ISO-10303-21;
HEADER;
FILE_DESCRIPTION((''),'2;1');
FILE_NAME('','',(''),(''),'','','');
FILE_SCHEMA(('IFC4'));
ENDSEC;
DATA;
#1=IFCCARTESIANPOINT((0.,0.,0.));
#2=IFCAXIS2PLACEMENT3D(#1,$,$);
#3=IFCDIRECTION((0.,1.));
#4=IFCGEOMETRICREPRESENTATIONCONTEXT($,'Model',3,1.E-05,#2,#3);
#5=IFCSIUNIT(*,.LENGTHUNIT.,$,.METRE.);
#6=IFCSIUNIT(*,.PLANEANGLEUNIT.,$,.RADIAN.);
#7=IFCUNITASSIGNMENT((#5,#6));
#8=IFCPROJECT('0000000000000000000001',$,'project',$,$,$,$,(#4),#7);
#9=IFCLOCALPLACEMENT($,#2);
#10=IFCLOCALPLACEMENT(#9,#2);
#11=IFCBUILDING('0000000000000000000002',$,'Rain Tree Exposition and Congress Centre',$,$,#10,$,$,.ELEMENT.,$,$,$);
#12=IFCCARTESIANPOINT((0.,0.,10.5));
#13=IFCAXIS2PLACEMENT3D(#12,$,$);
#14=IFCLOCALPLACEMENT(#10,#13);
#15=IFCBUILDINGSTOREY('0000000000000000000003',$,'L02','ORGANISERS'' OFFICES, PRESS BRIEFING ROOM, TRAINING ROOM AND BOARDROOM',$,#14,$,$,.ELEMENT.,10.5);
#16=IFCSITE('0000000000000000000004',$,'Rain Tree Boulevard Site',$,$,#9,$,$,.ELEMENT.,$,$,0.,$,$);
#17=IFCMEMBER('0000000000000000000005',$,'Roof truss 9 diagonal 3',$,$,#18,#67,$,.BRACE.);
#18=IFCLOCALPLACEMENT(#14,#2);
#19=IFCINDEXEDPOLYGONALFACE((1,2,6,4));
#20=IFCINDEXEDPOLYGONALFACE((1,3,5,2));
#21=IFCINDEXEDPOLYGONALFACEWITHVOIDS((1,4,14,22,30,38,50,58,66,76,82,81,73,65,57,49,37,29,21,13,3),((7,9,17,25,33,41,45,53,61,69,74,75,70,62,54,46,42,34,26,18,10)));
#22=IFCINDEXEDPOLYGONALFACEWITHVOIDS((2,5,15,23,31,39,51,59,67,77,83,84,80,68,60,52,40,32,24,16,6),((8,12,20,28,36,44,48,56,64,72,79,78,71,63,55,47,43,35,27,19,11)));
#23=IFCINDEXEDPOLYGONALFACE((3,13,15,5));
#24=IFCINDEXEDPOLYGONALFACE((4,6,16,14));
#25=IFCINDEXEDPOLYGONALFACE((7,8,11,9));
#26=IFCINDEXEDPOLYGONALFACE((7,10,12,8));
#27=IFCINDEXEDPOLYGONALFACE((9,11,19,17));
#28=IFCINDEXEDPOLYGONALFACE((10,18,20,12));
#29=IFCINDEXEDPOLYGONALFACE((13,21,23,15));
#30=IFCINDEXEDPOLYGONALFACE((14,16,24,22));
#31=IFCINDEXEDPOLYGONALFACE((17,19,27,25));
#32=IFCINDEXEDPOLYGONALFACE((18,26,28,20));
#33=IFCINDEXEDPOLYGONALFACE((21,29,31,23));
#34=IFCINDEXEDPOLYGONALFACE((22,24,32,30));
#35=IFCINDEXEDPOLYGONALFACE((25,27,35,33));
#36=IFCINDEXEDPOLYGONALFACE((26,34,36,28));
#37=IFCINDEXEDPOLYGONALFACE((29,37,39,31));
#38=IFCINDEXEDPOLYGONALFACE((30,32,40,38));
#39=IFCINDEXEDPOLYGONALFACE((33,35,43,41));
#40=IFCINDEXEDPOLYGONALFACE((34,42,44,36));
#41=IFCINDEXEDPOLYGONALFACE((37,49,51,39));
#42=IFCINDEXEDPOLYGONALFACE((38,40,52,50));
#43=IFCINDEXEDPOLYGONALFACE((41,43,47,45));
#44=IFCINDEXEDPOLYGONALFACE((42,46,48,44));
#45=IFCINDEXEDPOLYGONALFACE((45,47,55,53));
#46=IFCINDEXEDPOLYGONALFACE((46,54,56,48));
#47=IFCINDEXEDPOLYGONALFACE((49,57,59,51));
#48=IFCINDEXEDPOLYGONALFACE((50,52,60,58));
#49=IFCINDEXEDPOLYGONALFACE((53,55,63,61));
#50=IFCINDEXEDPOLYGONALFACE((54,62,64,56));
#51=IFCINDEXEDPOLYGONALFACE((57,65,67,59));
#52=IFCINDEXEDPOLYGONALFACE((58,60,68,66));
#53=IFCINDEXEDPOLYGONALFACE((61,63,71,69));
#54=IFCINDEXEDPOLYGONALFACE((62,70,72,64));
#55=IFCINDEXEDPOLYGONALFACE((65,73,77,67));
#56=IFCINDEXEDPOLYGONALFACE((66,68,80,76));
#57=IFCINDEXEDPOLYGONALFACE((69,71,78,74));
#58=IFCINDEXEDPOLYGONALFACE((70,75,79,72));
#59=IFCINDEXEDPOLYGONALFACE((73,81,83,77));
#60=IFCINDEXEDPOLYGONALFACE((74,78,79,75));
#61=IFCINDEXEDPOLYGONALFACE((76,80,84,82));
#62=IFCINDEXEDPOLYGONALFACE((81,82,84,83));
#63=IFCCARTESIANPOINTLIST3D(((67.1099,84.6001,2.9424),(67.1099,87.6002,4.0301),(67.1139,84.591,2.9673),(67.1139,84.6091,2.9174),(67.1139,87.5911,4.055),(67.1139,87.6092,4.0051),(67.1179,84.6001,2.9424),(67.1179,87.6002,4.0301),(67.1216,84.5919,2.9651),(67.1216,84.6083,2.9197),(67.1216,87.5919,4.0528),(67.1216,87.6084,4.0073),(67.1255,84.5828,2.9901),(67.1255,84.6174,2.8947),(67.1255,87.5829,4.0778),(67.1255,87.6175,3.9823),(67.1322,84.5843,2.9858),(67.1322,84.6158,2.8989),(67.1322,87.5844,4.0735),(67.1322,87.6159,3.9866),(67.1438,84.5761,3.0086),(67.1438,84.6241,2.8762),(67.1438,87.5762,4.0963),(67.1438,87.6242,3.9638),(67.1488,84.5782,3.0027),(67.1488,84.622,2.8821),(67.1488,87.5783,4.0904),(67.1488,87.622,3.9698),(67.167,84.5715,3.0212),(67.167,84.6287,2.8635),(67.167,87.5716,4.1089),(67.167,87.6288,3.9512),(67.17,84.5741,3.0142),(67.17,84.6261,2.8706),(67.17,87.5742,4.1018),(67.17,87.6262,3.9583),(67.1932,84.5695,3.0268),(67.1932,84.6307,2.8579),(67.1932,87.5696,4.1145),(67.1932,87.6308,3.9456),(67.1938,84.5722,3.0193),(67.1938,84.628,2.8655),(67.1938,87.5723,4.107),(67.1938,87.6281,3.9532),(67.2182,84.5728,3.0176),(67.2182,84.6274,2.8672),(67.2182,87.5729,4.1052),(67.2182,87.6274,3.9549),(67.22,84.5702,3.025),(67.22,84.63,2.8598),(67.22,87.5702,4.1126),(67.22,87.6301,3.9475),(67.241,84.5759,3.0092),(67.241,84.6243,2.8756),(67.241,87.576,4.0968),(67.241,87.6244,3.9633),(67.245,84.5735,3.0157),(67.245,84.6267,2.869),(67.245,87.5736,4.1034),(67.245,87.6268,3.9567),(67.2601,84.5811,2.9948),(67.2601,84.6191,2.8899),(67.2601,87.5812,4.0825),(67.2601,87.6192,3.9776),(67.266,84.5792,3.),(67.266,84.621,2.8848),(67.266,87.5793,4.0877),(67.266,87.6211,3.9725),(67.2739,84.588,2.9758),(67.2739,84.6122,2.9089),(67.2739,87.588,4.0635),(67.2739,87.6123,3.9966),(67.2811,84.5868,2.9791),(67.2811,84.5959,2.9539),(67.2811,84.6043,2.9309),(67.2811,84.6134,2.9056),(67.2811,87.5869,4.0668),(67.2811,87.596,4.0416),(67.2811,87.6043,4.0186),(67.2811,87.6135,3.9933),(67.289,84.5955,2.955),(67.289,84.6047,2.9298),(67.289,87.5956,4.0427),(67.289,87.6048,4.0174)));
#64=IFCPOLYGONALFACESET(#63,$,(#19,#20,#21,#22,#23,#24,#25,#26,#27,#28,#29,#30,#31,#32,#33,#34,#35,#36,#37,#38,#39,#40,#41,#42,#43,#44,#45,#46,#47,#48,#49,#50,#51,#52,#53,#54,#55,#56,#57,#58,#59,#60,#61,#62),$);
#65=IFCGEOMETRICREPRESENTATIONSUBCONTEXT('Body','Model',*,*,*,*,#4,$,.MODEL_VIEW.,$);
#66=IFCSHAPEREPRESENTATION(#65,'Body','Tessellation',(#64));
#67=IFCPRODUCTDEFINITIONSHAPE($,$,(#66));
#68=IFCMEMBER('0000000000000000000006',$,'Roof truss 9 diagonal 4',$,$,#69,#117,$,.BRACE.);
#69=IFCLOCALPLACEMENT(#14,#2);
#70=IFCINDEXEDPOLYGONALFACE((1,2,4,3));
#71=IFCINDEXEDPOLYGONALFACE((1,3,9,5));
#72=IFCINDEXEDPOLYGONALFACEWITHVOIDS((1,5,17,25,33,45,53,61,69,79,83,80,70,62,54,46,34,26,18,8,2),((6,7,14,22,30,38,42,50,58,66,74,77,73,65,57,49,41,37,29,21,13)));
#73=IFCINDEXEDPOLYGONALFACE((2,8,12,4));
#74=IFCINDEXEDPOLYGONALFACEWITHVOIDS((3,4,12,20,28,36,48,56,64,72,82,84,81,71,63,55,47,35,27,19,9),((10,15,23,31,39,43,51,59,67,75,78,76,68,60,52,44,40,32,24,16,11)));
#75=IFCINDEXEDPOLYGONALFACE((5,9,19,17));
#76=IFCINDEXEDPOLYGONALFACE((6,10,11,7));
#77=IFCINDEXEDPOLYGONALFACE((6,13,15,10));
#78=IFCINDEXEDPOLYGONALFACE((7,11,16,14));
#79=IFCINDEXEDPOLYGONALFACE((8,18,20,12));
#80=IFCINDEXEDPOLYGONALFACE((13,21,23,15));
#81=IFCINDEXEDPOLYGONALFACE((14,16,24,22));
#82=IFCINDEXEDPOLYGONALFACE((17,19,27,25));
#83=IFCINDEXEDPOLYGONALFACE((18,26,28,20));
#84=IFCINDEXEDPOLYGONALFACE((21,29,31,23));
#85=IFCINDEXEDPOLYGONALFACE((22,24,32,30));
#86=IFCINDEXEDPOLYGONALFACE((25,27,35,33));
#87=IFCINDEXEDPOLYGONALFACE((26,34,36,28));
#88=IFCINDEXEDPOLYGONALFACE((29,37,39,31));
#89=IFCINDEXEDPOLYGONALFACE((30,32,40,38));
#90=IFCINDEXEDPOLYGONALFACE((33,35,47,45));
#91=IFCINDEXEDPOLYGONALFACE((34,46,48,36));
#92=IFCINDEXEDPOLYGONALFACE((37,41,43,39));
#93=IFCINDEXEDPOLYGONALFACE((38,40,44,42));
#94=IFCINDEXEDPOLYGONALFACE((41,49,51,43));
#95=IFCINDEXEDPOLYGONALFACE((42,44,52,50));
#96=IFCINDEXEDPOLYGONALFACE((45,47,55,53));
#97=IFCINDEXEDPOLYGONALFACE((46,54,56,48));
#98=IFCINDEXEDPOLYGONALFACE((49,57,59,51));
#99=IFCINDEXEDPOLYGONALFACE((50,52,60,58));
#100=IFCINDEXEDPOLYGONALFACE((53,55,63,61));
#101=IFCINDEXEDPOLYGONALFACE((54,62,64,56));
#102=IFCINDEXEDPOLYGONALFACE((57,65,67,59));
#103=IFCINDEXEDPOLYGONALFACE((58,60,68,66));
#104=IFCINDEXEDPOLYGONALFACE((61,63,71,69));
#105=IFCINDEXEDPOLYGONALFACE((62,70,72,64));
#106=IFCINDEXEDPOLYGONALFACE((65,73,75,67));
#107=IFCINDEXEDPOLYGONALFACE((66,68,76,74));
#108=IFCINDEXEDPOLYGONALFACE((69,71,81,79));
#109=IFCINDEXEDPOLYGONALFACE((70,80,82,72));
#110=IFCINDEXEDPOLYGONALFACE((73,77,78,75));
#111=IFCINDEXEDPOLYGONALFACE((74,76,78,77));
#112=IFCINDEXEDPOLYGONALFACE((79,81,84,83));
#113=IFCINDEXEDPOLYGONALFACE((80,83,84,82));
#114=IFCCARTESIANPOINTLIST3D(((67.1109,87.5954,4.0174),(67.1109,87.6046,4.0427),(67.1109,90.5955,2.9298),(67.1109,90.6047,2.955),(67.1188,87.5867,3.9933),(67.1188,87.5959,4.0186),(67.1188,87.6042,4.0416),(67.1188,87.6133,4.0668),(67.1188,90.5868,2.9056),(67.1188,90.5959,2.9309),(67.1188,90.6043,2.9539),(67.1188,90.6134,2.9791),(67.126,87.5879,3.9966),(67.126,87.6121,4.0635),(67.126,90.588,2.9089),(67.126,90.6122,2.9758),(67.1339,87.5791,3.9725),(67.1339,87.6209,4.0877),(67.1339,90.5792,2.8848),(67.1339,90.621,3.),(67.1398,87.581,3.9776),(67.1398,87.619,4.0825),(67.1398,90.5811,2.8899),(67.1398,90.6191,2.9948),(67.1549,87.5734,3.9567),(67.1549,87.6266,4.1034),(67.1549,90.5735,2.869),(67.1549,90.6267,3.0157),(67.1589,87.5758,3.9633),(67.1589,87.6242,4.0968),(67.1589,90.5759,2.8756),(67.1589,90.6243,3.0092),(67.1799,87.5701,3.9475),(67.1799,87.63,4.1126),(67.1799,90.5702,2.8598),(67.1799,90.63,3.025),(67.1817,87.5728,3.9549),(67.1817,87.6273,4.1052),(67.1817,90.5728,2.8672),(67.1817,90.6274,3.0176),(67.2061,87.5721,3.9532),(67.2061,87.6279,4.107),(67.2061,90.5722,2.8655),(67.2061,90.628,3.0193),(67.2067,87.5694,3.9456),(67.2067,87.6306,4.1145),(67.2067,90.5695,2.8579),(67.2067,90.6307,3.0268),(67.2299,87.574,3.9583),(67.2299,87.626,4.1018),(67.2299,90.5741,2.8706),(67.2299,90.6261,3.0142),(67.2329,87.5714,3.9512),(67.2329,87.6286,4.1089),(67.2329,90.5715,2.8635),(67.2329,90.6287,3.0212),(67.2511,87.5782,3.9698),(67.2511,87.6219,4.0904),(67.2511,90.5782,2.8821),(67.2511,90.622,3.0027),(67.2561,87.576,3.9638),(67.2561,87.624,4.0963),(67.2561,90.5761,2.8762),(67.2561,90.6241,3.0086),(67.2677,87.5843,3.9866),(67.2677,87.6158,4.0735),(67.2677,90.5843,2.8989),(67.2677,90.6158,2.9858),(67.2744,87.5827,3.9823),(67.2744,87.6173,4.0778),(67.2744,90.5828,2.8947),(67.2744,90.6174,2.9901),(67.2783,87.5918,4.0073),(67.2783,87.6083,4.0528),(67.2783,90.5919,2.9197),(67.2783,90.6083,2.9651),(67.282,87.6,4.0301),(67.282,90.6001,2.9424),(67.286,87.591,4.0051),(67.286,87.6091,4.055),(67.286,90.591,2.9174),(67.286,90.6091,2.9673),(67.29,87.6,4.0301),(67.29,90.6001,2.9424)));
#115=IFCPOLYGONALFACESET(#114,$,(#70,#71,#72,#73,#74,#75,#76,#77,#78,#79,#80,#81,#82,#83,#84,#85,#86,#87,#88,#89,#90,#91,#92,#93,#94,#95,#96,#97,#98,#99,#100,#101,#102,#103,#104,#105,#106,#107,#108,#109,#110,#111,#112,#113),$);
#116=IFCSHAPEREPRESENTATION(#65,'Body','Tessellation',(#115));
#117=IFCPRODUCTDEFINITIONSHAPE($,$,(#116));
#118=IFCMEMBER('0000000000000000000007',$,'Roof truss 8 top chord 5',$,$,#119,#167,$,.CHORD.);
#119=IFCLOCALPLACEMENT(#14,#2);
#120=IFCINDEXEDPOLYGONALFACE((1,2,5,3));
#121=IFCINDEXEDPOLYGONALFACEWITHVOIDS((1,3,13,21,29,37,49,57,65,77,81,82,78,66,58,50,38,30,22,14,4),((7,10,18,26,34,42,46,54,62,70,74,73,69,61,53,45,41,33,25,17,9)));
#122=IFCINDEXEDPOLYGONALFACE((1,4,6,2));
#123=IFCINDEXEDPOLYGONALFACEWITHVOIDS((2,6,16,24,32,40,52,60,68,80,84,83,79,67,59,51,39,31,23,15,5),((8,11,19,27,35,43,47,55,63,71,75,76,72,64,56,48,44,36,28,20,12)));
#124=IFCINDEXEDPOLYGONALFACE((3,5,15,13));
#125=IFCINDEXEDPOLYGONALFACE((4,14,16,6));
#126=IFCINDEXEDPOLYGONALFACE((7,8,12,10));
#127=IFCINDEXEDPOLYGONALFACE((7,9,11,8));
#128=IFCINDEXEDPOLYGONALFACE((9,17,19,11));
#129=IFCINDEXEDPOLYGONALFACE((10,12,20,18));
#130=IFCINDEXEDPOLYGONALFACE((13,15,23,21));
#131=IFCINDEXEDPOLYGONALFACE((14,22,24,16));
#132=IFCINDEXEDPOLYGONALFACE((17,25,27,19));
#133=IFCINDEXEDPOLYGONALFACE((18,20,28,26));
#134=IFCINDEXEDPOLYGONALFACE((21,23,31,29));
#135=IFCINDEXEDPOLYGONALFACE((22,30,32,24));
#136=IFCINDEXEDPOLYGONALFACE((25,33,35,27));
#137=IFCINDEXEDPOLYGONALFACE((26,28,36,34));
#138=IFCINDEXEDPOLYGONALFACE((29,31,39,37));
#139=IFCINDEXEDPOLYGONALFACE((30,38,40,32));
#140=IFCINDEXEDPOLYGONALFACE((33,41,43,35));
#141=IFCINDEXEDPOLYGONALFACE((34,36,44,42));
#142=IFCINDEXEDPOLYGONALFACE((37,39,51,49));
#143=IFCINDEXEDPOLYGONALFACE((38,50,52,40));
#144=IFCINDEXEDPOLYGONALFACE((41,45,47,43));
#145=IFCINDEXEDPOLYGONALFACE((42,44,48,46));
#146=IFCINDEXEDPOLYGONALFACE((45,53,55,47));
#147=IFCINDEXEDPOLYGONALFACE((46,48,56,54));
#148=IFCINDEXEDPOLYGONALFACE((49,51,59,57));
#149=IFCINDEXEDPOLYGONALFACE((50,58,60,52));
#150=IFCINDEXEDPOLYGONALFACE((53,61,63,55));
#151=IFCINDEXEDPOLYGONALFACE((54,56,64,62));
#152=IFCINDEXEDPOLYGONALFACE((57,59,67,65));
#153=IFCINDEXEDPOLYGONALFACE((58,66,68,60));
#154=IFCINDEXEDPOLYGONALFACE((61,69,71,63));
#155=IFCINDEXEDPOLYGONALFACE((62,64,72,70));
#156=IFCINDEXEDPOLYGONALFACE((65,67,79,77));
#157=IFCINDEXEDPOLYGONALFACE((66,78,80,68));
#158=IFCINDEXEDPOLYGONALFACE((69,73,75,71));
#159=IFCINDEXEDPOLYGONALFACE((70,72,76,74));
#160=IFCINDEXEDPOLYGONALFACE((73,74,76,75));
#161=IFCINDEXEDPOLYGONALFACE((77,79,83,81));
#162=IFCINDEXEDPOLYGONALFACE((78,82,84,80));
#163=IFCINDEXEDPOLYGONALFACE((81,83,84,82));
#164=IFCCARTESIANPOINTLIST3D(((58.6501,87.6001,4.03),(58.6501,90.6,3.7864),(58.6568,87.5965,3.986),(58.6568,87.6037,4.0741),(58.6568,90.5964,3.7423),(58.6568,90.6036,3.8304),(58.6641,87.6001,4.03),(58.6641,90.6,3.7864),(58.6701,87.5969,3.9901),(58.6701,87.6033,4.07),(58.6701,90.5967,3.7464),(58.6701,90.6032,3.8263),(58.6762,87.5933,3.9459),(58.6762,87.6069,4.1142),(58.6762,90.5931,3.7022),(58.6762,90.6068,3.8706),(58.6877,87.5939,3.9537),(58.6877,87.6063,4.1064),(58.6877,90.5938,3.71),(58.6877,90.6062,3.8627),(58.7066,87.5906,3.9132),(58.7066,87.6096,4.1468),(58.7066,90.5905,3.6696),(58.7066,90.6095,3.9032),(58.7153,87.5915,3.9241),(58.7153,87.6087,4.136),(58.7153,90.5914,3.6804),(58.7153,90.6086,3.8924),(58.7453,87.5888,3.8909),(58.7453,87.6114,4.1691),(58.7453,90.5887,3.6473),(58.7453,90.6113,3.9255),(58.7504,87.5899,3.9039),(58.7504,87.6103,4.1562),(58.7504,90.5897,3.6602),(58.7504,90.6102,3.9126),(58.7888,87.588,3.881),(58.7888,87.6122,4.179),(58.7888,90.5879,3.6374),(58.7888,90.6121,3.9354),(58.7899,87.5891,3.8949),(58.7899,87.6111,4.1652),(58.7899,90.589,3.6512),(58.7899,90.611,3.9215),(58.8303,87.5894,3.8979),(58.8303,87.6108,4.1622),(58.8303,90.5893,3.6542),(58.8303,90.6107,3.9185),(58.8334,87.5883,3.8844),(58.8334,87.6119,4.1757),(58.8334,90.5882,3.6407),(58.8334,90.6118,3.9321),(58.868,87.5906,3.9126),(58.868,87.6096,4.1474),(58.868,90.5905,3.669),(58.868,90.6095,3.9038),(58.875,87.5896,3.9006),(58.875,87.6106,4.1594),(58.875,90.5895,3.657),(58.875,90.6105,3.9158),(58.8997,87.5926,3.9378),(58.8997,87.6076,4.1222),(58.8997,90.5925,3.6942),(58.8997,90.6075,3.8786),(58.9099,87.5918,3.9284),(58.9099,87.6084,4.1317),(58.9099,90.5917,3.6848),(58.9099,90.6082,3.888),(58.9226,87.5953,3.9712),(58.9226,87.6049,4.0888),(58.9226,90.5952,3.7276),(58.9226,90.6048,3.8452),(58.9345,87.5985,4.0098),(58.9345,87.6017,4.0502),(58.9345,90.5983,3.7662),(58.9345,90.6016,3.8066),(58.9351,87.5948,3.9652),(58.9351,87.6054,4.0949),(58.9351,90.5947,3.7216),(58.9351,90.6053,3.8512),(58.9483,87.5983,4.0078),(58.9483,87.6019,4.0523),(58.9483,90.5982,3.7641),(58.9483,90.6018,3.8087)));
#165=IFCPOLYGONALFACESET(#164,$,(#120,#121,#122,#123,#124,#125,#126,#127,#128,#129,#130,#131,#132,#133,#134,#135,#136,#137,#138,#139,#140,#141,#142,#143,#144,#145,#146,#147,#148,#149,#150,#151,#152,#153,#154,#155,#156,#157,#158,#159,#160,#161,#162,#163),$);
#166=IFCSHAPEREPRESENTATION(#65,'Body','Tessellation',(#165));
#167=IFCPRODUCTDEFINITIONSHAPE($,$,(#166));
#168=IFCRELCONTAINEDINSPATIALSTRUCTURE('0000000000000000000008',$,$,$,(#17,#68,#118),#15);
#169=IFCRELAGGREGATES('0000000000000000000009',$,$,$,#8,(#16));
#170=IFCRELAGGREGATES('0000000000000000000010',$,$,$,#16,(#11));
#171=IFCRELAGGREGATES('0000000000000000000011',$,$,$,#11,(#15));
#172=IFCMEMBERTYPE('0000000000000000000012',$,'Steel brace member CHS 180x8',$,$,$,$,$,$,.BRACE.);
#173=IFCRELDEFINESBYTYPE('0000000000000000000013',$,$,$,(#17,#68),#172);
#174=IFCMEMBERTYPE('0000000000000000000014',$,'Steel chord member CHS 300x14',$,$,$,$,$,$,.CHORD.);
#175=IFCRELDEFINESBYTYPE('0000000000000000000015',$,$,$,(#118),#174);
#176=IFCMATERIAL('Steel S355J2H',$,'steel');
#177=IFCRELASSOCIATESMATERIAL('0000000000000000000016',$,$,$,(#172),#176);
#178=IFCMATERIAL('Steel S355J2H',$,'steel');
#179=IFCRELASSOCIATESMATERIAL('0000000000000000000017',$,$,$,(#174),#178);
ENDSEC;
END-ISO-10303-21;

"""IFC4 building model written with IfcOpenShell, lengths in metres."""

from ifc_helpers import new_model, si_unit, direction, frame, origin, origin_2d, place, context, subcontext, project, spatial, hollow_circle, extrude, material, material_profile, profile_set, type_object, element, save


model = new_model("IFC4")

# Units and contexts
model_context = context("Model", 3, precision=1e-05, world=origin(), true_north=direction((0.0, 1.0)))
body_context = subcontext(model_context, "Body", "Model", "MODEL_VIEW")
ifc_project = project(units=[si_unit("LENGTHUNIT", "METRE"), si_unit("PLANEANGLEUNIT", "RADIAN")], contexts=[model_context])

# Site, building, storey
site_placement = place(None, origin())
site = spatial("IfcSite", under=ifc_project, at=site_placement, Name="Rain Tree Boulevard Site", CompositionType="ELEMENT", RefElevation=0.0)
building_placement = place(site_placement, origin())
building = spatial("IfcBuilding", under=site, at=building_placement, Name="Rain Tree Exposition and Congress Centre", CompositionType="ELEMENT")
storey_placement = place(building_placement, frame((0.0, 0.0, 10.5)))
storey = spatial("IfcBuildingStorey", under=building, at=storey_placement, Name="L02", Description="ORGANISERS' OFFICES, PRESS BRIEFING ROOM, TRAINING ROOM AND BOARDROOM", CompositionType="ELEMENT", Elevation=10.5)

# Members
ifc_material_1 = material(Name="Steel S355J2H", Category="steel")
ifc_material_profile_1 = material_profile(ifc_material_1, hollow_circle(Radius=0.0901, WallThickness=0.0081, at=origin_2d()), Name="CHS 180x8")
ifc_profile_set_1 = profile_set([ifc_material_profile_1], Name="Steel S355J2H")
member_type_1 = type_object("IfcMemberType", Name="Steel brace member CHS 180x8", PredefinedType="BRACE", material=ifc_profile_set_1)
for number, where, z_axis, x_axis, name in (
    (1, (67.2, 84.6001, 2.9424), (0.0, 0.940121, 0.34084), (-1.0, 0.0, 0.0), "Roof truss 9 diagonal 3"),
    (2, (67.2, 90.6001, 2.9424), (0.0, -0.940121, 0.34084), (1.0, 0.0, 0.0), "Roof truss 9 diagonal 4"),
):
    element("IfcMember", number, at=place(storey_placement, frame(where, z_axis=z_axis, x_axis=x_axis)), inside=storey, type_object=member_type_1, Name=name, PredefinedType="BRACE", context=body_context, shape_type="SweptSolid", body=[
        extrude(hollow_circle(Radius=0.0901, WallThickness=0.0081, at=origin_2d()), origin(), (0.0, 0.0, 1.0), 3.1912),
    ])
ifc_material_2 = material(Name="Steel S355J2H", Category="steel")
ifc_material_profile_2 = material_profile(ifc_material_2, hollow_circle(Radius=0.1499, WallThickness=0.0139, at=origin_2d()), Name="CHS 300x14")
ifc_profile_set_2 = profile_set([ifc_material_profile_2], Name="Steel S355J2H")
member_type_2 = type_object("IfcMemberType", Name="Steel chord member CHS 300x14", PredefinedType="CHORD", material=ifc_profile_set_2)
member_1_placement = place(storey_placement, frame((58.8, 87.6001, 4.03), z_axis=(0.0, 0.996718, -0.080951), x_axis=(-1.0, 0.0, 0.0)))
element("IfcMember", 3, at=member_1_placement, inside=storey, type_object=member_type_2, Name="Roof truss 8 top chord 5", PredefinedType="CHORD", context=body_context, shape_type="SweptSolid", body=[
    extrude(hollow_circle(Radius=0.1499, WallThickness=0.0139, at=origin_2d()), origin(), (0.0, 0.0, 1.0), 3.0098),
])

save(model, "model.ifc")
